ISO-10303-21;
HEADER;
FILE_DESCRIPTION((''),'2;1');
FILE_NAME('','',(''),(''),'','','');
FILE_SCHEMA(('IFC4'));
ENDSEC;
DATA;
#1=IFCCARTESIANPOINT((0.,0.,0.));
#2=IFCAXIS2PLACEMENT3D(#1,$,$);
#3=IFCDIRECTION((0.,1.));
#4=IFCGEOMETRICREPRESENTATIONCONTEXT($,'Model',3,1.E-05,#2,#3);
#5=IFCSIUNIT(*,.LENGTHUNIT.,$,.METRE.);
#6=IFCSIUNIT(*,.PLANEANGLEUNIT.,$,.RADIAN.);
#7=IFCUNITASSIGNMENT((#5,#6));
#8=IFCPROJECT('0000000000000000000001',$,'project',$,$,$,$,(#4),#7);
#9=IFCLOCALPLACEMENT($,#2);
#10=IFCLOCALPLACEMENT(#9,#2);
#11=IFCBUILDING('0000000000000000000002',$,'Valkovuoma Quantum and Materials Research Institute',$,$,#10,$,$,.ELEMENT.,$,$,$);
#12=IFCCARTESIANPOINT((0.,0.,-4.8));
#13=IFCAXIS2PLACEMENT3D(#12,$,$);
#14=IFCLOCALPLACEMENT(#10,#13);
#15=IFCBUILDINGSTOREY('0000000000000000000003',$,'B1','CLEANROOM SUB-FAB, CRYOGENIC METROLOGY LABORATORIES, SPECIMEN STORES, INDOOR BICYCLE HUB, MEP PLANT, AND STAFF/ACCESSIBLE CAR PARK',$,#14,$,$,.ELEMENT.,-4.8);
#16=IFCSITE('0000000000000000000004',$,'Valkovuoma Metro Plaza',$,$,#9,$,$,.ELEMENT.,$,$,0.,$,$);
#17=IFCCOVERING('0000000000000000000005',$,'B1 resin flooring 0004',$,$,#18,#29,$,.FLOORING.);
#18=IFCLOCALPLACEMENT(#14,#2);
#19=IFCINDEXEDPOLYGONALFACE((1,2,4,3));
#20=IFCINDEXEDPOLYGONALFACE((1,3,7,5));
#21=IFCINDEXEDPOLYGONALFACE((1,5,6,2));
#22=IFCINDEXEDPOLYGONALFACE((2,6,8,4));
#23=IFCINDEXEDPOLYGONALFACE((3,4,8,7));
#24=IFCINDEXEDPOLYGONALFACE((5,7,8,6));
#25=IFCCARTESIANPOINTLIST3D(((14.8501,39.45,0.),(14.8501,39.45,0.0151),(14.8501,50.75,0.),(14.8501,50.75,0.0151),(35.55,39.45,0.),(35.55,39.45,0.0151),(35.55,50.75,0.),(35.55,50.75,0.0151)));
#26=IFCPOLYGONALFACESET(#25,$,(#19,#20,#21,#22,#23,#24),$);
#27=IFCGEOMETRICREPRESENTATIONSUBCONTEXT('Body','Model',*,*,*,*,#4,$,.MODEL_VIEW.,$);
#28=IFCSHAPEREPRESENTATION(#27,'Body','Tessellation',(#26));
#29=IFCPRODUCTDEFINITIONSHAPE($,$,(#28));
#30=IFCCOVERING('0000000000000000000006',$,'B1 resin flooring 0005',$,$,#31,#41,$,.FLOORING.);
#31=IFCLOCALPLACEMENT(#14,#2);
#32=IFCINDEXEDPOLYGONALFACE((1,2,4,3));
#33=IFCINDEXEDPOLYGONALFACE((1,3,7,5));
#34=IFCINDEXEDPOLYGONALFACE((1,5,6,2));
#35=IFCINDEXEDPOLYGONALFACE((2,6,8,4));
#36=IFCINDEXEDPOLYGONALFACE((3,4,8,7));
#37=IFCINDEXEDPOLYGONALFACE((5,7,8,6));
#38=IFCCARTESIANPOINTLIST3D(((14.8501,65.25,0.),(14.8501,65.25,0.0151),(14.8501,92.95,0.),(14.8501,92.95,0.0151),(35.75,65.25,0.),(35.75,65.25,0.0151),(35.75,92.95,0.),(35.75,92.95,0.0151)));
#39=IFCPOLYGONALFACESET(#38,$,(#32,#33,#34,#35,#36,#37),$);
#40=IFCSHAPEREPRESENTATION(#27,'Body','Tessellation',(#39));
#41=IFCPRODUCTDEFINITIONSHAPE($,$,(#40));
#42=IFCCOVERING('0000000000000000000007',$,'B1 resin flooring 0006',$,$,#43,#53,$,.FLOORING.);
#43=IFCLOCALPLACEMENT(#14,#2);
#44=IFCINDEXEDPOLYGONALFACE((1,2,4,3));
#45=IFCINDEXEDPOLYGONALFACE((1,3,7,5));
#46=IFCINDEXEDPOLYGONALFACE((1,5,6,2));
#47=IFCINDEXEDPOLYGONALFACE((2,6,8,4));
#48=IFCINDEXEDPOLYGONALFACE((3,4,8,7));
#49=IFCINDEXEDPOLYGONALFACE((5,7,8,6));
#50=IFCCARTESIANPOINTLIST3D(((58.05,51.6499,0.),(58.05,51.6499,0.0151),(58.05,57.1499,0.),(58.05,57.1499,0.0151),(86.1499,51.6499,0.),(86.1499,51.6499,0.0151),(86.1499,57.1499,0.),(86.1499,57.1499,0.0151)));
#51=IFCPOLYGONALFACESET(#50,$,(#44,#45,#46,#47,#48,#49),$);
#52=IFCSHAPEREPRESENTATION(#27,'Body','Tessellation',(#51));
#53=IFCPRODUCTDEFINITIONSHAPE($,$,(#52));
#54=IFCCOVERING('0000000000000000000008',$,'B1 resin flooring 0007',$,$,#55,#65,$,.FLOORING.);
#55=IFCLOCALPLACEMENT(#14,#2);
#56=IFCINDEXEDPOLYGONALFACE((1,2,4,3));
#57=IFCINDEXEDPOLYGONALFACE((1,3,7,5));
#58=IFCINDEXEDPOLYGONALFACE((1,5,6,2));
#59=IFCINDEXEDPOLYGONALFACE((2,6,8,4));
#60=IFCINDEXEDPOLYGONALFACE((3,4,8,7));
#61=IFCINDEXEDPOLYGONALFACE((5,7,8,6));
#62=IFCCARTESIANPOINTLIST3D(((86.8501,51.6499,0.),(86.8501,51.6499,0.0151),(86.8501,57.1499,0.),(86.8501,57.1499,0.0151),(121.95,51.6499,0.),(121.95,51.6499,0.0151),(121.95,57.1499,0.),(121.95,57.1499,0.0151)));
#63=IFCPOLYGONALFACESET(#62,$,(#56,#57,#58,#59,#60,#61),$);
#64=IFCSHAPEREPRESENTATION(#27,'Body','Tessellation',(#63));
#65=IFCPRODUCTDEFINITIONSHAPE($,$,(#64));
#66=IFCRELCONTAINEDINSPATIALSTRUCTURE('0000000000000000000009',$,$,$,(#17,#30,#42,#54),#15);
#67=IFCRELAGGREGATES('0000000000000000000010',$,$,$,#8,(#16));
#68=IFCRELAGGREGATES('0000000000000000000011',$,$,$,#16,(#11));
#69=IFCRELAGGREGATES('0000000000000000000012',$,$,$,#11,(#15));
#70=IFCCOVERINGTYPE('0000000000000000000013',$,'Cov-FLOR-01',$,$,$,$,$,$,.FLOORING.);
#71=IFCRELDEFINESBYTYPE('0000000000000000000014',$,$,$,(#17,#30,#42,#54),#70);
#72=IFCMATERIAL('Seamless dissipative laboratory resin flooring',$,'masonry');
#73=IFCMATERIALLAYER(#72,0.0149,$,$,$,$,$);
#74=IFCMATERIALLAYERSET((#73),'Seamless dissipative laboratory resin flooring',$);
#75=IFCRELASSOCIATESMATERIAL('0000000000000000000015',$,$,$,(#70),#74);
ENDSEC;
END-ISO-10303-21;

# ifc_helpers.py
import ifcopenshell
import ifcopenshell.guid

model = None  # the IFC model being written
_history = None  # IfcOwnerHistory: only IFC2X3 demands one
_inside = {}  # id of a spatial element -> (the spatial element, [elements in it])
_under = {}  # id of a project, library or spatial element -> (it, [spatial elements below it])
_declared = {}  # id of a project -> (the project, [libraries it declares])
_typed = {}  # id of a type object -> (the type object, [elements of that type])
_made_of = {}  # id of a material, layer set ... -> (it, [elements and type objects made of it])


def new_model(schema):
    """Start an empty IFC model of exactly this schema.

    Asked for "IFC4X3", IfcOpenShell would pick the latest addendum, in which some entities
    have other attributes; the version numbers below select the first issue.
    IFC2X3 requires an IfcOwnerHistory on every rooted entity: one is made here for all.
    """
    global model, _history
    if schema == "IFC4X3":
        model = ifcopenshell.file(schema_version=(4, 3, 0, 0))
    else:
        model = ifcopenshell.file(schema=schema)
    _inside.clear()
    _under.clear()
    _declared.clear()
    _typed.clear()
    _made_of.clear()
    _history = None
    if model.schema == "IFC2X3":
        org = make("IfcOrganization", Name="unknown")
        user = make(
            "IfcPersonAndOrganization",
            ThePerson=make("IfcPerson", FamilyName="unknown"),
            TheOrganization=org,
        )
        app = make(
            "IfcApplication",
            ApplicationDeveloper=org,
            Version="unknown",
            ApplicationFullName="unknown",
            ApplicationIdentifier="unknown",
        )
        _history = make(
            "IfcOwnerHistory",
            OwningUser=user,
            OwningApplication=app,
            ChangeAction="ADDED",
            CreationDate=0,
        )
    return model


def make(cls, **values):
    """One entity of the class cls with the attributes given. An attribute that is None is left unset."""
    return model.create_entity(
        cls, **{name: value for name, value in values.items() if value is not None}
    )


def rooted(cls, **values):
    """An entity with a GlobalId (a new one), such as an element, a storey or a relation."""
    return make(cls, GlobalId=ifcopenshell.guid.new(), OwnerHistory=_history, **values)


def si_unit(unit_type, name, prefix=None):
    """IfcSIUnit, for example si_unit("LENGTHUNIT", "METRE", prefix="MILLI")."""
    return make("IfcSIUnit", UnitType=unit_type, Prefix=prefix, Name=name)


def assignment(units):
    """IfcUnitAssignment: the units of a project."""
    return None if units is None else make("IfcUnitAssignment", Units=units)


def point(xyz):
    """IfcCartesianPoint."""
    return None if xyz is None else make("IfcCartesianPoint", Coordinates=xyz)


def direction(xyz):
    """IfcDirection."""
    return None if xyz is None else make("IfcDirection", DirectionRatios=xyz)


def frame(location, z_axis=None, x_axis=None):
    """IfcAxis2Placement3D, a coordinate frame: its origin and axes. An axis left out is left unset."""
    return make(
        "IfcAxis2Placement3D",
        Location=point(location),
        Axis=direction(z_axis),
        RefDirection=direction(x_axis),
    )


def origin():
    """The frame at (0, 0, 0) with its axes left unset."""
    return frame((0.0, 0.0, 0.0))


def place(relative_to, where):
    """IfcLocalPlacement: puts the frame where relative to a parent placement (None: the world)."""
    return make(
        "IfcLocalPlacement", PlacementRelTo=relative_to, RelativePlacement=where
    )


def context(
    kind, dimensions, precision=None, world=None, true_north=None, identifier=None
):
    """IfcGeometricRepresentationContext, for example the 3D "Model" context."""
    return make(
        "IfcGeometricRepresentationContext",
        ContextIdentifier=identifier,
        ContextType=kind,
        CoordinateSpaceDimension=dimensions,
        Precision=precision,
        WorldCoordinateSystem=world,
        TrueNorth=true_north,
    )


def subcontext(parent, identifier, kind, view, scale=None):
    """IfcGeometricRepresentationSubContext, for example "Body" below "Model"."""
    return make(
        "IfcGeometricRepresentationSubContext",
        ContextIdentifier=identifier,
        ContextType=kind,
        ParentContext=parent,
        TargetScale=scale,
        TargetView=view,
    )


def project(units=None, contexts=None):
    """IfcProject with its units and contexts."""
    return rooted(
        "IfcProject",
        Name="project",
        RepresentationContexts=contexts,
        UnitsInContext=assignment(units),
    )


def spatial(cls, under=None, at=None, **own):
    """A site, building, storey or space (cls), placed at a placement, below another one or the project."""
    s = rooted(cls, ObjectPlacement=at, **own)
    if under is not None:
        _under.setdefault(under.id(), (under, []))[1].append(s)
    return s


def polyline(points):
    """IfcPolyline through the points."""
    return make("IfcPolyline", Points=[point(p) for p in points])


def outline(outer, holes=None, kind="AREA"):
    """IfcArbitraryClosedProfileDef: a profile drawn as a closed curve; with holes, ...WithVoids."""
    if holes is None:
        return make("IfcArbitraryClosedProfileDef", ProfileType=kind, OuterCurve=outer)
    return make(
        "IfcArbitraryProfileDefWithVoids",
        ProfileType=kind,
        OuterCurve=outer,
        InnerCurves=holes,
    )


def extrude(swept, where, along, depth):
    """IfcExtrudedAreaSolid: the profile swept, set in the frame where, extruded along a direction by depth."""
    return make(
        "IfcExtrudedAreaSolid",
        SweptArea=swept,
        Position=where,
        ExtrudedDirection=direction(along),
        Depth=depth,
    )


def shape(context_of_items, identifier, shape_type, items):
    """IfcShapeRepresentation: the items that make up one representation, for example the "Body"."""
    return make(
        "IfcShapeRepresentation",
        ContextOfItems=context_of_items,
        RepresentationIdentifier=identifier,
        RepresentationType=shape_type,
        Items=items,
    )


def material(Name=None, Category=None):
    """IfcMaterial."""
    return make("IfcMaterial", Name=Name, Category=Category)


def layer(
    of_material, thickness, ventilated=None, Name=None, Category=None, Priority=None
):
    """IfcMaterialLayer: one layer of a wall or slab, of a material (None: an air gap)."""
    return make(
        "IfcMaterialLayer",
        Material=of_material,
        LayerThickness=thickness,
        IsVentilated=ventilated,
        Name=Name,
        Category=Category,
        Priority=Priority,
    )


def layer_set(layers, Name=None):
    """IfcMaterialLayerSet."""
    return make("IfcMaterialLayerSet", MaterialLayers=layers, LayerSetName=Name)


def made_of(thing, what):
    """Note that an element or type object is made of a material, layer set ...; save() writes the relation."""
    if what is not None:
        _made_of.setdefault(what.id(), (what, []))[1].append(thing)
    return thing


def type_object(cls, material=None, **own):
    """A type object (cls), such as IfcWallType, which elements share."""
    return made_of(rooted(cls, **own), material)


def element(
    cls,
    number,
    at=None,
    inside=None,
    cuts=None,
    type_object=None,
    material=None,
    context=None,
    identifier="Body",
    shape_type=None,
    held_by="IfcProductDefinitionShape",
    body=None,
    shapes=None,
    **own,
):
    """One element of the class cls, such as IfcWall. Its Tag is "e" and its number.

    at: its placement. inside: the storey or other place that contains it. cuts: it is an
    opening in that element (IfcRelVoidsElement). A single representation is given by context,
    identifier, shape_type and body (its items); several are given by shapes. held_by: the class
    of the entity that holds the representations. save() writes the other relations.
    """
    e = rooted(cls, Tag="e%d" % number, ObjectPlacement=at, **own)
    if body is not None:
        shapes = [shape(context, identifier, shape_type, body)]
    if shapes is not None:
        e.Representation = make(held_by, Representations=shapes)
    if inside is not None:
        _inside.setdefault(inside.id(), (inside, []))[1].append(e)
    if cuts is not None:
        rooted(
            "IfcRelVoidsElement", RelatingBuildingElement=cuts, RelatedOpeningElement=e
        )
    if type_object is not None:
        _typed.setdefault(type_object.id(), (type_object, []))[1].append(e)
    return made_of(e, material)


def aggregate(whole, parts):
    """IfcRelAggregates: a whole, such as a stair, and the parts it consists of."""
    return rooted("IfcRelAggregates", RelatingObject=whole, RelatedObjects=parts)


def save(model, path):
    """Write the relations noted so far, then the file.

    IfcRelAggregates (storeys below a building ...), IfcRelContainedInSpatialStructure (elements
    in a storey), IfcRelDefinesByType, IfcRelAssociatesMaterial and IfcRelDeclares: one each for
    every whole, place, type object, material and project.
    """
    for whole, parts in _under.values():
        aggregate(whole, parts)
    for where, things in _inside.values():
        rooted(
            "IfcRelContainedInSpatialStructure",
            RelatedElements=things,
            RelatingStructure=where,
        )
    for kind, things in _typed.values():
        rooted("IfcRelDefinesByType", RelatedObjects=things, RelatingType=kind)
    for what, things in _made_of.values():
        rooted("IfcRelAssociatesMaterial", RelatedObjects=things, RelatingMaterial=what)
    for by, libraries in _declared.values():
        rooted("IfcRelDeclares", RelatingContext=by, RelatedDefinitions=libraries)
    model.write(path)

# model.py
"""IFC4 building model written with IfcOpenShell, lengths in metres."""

from ifc_helpers import new_model, si_unit, direction, frame, origin, place, context, subcontext, project, spatial, polyline, outline, extrude, material, layer, layer_set, type_object, element, save


model = new_model("IFC4")

# Units and contexts
model_context = context("Model", 3, precision=1e-05, world=origin(), true_north=direction((0.0, 1.0)))
body_context = subcontext(model_context, "Body", "Model", "MODEL_VIEW")
ifc_project = project(units=[si_unit("LENGTHUNIT", "METRE"), si_unit("PLANEANGLEUNIT", "RADIAN")], contexts=[model_context])

# Site, building, storey
site_placement = place(None, origin())
site = spatial("IfcSite", under=ifc_project, at=site_placement, Name="Valkovuoma Metro Plaza", CompositionType="ELEMENT", RefElevation=0.0)
building_placement = place(site_placement, origin())
building = spatial("IfcBuilding", under=site, at=building_placement, Name="Valkovuoma Quantum and Materials Research Institute", CompositionType="ELEMENT")
storey_placement = place(building_placement, frame((0.0, 0.0, -4.8)))
storey = spatial("IfcBuildingStorey", under=building, at=storey_placement, Name="B1", Description="CLEANROOM SUB-FAB, CRYOGENIC METROLOGY LABORATORIES, SPECIMEN STORES, INDOOR BICYCLE HUB, MEP PLANT, AND STAFF/ACCESSIBLE CAR PARK", CompositionType="ELEMENT", Elevation=-4.8)

# Coverings
ifc_material_1 = material(Name="Seamless dissipative laboratory resin flooring", Category="masonry")
ifc_layer_1 = layer(ifc_material_1, 0.0149)
ifc_layer_set_1 = layer_set([ifc_layer_1], Name="Seamless dissipative laboratory resin flooring")
covering_type_1 = type_object("IfcCoveringType", Name="Cov-FLOR-01", PredefinedType="FLOORING", material=ifc_layer_set_1)
covering_1_placement = place(storey_placement, origin())
element("IfcCovering", 1, at=covering_1_placement, inside=storey, type_object=covering_type_1, Name="B1 resin flooring 0004", PredefinedType="FLOORING", context=body_context, shape_type="SweptSolid", body=[
    extrude(outline(polyline([(14.8501, 39.45), (35.55, 39.45), (35.55, 50.75), (14.8501, 50.75), (14.8501, 39.45)])), origin(), (0.0, 0.0, 1.0), 0.0151),
])
covering_2_placement = place(storey_placement, origin())
element("IfcCovering", 2, at=covering_2_placement, inside=storey, type_object=covering_type_1, Name="B1 resin flooring 0005", PredefinedType="FLOORING", context=body_context, shape_type="SweptSolid", body=[
    extrude(outline(polyline([(14.8501, 65.25), (35.75, 65.25), (35.75, 92.95), (14.8501, 92.95), (14.8501, 65.25)])), origin(), (0.0, 0.0, 1.0), 0.0151),
])
covering_3_placement = place(storey_placement, origin())
element("IfcCovering", 3, at=covering_3_placement, inside=storey, type_object=covering_type_1, Name="B1 resin flooring 0006", PredefinedType="FLOORING", context=body_context, shape_type="SweptSolid", body=[
    extrude(outline(polyline([(58.05, 51.6499), (86.1499, 51.6499), (86.1499, 57.1499), (58.05, 57.1499), (58.05, 51.6499)])), origin(), (0.0, 0.0, 1.0), 0.0151),
])
covering_4_placement = place(storey_placement, origin())
element("IfcCovering", 4, at=covering_4_placement, inside=storey, type_object=covering_type_1, Name="B1 resin flooring 0007", PredefinedType="FLOORING", context=body_context, shape_type="SweptSolid", body=[
    extrude(outline(polyline([(86.8501, 51.6499), (121.95, 51.6499), (121.95, 57.1499), (86.8501, 57.1499), (86.8501, 51.6499)])), origin(), (0.0, 0.0, 1.0), 0.0151),
])

save(model, "model.ifc")
